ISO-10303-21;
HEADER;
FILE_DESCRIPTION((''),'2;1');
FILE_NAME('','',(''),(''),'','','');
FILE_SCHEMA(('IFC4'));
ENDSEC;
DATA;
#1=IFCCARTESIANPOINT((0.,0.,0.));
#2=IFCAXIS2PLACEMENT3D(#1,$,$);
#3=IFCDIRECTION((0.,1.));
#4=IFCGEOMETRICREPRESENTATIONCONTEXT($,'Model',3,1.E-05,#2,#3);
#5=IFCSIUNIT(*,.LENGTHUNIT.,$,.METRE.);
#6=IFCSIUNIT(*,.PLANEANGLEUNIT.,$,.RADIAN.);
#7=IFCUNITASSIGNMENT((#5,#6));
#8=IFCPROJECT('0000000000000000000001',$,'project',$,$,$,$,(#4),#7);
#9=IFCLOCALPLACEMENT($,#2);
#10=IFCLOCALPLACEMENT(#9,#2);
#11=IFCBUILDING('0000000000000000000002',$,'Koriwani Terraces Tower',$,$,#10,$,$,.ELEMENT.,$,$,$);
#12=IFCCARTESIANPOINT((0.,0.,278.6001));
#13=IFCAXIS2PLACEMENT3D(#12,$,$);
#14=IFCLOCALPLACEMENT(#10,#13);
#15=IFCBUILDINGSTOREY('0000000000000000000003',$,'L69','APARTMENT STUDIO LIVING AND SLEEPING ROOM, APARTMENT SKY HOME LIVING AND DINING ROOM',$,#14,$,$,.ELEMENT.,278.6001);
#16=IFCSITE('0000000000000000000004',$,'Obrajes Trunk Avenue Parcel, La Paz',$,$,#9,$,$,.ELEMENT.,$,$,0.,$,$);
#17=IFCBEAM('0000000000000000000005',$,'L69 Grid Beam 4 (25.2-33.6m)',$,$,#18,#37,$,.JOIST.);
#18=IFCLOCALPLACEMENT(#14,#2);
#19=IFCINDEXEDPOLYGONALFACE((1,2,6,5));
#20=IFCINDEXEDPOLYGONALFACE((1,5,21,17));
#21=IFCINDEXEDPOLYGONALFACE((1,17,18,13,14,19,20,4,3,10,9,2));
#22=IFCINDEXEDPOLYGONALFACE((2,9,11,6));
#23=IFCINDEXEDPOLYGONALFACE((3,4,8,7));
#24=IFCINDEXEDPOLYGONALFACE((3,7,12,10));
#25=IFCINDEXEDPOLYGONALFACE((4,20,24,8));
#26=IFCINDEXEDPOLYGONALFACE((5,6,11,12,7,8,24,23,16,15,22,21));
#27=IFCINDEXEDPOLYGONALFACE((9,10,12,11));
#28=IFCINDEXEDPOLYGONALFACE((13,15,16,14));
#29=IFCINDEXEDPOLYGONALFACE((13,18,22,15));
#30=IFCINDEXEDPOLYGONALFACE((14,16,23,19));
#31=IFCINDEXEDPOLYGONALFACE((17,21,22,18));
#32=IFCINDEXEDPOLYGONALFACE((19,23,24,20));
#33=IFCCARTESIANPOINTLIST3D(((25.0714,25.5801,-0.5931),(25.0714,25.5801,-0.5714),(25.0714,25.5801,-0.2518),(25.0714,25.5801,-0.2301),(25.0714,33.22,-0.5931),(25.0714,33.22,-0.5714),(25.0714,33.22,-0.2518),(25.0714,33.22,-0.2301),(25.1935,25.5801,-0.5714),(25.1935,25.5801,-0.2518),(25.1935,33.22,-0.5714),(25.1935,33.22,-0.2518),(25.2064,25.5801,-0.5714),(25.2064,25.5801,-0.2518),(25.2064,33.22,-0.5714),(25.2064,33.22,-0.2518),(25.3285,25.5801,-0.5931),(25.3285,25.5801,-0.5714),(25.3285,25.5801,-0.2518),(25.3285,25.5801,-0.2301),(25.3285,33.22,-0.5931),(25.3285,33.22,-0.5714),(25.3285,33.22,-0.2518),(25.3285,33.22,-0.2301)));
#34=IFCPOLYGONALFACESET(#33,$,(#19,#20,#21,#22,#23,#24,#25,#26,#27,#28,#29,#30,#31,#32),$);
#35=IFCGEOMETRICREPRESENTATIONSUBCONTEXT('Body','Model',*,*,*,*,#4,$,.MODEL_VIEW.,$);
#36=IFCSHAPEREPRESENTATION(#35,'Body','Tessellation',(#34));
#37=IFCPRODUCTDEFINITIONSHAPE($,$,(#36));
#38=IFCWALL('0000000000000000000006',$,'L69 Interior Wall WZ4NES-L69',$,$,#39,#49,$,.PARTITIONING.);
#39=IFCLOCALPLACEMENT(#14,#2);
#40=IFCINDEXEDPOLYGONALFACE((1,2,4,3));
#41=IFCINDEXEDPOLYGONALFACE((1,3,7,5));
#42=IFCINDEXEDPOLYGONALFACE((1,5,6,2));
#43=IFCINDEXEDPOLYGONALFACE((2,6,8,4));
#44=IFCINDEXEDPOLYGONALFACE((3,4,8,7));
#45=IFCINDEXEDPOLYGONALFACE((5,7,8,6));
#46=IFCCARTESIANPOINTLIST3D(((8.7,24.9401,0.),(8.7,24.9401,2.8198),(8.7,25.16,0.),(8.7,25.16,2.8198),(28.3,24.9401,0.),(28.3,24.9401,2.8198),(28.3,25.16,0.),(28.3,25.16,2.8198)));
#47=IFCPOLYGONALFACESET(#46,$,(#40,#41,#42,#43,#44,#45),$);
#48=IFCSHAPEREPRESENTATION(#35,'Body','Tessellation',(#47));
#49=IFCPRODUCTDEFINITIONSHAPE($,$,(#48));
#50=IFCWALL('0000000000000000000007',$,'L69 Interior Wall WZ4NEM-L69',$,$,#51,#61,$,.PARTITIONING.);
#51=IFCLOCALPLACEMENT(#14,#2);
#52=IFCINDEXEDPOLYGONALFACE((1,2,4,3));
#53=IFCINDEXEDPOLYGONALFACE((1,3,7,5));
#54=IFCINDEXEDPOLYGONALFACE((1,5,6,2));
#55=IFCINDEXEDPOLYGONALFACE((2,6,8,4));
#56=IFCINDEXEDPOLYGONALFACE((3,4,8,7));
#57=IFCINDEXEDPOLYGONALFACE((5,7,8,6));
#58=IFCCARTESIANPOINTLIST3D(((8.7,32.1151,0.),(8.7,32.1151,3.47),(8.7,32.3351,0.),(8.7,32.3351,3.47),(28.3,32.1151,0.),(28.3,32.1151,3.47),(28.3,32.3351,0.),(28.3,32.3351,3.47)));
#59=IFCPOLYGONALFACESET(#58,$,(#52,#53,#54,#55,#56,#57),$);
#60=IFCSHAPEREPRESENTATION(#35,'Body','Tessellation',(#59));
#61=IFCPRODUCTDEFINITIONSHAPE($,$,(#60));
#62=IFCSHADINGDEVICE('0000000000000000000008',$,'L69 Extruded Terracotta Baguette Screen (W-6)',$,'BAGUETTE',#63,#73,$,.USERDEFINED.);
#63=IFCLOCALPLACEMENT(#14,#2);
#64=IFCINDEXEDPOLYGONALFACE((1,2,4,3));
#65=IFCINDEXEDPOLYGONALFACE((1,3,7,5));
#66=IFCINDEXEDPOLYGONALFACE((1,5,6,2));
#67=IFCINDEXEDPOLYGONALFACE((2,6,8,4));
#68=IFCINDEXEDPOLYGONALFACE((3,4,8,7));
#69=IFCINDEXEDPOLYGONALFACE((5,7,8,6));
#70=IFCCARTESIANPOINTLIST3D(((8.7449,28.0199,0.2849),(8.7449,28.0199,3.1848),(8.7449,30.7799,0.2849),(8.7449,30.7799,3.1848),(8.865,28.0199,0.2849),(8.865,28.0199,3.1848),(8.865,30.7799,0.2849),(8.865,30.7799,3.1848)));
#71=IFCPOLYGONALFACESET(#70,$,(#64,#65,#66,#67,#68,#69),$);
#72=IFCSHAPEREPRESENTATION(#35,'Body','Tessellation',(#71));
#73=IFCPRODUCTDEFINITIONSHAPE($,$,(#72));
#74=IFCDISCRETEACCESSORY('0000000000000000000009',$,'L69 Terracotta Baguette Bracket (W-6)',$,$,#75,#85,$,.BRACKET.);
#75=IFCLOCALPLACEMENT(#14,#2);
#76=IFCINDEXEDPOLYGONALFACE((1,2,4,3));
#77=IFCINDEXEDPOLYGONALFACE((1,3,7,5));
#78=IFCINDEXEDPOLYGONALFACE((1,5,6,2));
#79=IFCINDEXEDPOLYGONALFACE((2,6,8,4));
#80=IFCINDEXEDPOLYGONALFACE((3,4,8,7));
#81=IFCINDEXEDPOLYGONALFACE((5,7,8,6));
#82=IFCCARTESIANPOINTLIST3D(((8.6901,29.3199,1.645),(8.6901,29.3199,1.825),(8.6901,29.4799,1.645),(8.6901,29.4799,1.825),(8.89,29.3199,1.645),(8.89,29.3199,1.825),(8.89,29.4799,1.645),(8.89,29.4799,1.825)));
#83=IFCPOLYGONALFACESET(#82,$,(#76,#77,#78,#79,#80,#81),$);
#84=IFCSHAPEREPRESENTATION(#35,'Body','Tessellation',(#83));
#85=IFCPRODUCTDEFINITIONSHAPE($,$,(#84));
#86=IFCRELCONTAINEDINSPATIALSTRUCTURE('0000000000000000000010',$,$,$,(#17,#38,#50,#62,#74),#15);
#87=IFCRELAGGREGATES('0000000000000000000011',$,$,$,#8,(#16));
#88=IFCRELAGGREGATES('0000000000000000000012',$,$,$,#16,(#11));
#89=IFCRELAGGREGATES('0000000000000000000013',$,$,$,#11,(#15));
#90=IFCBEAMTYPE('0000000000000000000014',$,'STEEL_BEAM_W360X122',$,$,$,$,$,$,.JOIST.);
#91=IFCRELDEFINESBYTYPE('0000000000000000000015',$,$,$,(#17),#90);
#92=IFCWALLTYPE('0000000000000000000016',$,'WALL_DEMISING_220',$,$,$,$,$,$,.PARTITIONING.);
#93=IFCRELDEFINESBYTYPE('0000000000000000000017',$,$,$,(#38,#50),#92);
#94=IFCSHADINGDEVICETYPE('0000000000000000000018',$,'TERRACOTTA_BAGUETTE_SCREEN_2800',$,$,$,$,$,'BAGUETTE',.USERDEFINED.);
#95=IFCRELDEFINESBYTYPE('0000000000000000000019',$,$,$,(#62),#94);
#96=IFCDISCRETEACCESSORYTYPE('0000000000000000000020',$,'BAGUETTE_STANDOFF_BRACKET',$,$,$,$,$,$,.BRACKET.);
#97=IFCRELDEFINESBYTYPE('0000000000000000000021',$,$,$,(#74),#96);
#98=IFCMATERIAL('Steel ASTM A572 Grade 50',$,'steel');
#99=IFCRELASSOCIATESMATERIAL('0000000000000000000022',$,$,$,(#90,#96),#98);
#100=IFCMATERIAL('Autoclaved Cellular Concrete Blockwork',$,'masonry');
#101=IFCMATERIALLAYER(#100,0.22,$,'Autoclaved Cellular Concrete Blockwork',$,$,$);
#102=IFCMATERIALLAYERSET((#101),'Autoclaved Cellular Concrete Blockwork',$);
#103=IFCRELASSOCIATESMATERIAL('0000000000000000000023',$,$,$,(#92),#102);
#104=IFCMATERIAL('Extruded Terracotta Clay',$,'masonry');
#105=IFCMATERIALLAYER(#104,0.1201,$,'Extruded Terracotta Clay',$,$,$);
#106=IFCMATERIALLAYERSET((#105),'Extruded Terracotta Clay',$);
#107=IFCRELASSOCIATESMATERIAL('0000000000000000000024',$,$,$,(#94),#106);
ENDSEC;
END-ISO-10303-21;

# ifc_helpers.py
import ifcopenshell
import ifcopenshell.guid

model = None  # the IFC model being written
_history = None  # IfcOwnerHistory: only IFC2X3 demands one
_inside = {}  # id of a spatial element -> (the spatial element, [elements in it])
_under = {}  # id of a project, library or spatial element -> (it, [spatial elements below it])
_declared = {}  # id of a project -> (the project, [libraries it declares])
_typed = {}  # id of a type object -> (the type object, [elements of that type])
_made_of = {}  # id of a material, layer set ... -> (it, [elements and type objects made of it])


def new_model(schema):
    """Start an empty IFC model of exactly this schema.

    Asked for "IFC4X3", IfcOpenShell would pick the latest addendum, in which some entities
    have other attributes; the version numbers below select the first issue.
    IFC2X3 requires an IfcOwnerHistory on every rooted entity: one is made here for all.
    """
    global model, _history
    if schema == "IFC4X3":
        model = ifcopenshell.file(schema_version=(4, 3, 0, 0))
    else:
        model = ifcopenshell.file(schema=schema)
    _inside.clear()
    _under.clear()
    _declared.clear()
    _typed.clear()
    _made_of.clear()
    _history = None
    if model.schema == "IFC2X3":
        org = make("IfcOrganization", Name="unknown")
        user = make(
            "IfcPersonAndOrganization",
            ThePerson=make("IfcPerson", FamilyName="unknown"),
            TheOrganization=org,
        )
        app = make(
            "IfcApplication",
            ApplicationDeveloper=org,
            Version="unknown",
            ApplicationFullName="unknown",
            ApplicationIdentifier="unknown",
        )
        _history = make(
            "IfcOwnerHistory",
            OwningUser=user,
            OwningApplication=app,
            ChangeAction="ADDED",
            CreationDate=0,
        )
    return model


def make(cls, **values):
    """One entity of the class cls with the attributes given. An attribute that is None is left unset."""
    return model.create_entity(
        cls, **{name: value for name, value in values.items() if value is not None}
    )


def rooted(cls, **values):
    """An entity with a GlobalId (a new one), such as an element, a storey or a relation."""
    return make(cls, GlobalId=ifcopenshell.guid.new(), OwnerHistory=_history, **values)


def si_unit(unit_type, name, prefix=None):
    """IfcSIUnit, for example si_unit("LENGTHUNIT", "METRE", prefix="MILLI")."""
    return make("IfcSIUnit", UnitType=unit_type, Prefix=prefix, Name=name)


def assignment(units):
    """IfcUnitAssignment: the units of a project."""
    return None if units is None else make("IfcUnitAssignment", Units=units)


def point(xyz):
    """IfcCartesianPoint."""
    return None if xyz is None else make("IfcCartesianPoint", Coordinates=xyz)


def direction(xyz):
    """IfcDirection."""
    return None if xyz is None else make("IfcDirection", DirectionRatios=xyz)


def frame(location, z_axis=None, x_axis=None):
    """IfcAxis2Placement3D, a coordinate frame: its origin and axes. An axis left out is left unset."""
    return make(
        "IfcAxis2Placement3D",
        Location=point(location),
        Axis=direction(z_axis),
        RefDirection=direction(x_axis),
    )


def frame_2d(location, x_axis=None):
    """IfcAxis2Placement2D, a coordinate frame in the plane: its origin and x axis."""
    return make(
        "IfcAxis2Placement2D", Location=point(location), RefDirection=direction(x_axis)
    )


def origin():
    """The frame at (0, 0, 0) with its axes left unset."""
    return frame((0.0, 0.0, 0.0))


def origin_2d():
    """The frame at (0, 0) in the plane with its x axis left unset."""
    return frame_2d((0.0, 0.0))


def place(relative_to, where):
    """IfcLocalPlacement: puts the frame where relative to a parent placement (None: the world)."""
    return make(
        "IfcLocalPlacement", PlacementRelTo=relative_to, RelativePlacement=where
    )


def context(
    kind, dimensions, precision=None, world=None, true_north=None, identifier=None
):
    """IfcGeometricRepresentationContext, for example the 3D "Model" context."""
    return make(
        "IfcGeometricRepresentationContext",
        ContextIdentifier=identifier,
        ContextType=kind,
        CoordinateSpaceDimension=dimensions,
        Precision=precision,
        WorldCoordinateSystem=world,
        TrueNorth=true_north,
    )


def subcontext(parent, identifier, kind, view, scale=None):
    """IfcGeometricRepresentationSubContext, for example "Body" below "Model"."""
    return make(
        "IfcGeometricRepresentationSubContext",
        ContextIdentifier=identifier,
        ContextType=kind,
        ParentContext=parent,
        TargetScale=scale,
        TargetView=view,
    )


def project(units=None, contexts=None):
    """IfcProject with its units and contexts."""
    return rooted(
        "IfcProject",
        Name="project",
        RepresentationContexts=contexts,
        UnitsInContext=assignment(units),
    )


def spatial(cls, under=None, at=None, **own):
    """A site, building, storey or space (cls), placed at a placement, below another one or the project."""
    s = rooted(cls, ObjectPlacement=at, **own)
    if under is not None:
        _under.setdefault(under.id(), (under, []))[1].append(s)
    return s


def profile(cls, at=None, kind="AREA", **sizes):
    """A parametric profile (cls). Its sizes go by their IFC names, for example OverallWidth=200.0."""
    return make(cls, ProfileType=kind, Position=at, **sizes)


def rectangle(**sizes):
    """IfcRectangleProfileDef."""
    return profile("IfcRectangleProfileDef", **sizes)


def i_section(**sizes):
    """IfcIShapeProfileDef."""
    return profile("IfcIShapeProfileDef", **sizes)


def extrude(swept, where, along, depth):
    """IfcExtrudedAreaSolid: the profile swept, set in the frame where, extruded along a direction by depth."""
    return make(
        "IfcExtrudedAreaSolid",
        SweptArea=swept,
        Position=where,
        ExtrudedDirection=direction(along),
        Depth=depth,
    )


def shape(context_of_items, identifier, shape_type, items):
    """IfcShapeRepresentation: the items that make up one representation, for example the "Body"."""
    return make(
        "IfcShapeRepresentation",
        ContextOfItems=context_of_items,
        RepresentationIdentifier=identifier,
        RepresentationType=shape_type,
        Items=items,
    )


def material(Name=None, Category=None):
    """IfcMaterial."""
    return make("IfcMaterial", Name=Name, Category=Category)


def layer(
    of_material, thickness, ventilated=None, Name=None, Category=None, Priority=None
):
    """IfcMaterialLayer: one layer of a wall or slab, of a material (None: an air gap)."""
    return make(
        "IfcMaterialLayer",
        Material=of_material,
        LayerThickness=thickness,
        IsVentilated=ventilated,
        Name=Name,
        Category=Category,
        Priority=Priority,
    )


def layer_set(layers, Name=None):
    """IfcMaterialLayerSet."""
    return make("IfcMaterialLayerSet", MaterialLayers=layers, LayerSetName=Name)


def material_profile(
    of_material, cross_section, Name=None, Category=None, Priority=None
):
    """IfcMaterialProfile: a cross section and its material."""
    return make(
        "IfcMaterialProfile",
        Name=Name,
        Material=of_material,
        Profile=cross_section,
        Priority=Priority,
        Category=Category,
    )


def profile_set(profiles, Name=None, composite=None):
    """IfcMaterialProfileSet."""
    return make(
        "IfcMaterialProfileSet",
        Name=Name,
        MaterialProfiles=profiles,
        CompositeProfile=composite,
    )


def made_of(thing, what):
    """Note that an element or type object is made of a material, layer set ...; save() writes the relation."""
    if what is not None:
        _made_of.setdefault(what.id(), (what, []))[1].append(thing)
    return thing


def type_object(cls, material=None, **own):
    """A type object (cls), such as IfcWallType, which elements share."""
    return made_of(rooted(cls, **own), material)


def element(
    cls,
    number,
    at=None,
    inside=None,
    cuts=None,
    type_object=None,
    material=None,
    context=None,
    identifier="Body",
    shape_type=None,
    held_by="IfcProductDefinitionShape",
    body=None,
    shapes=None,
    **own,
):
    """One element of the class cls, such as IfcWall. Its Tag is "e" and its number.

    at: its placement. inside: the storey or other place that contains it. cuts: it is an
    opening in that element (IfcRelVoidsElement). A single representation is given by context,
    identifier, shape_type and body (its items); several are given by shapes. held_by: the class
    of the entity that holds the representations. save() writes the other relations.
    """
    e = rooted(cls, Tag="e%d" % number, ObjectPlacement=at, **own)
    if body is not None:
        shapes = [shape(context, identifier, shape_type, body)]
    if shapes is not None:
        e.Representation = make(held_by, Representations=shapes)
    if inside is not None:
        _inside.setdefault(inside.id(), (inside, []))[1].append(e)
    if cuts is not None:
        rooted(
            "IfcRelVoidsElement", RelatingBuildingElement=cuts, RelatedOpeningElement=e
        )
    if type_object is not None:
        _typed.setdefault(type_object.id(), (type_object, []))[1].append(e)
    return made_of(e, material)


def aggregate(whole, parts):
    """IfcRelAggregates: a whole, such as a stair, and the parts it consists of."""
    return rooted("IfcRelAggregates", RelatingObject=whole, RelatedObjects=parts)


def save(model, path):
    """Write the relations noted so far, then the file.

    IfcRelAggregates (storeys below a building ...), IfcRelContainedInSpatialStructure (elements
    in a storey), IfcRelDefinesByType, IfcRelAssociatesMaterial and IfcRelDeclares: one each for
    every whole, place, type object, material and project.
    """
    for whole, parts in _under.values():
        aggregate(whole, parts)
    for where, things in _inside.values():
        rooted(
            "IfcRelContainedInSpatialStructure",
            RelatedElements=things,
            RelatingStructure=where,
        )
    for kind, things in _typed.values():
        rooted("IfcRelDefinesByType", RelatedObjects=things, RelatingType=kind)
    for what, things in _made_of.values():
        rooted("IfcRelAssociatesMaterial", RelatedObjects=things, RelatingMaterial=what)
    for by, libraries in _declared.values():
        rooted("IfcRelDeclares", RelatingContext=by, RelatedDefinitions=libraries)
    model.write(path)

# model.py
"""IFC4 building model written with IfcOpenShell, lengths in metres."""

from ifc_helpers import new_model, si_unit, direction, frame, frame_2d, origin, origin_2d, place, context, subcontext, project, spatial, rectangle, i_section, extrude, material, layer, layer_set, material_profile, profile_set, type_object, element, save


model = new_model("IFC4")

# Units and contexts
model_context = context("Model", 3, precision=1e-05, world=origin(), true_north=direction((0.0, 1.0)))
body_context = subcontext(model_context, "Body", "Model", "MODEL_VIEW")
ifc_project = project(units=[si_unit("LENGTHUNIT", "METRE"), si_unit("PLANEANGLEUNIT", "RADIAN")], contexts=[model_context])

# Site, building, storey
site_placement = place(None, origin())
site = spatial("IfcSite", under=ifc_project, at=site_placement, Name="Obrajes Trunk Avenue Parcel, La Paz", CompositionType="ELEMENT", RefElevation=0.0)
building_placement = place(site_placement, origin())
building = spatial("IfcBuilding", under=site, at=building_placement, Name="Koriwani Terraces Tower", CompositionType="ELEMENT")
storey_placement = place(building_placement, frame((0.0, 0.0, 278.6001)))
storey = spatial("IfcBuildingStorey", under=building, at=storey_placement, Name="L69", Description="APARTMENT STUDIO LIVING AND SLEEPING ROOM, APARTMENT SKY HOME LIVING AND DINING ROOM", CompositionType="ELEMENT", Elevation=278.6001)

# Beam
ifc_material_1 = material(Name="Steel ASTM A572 Grade 50", Category="steel")
ifc_material_profile_1 = material_profile(ifc_material_1, i_section(OverallWidth=0.2571, OverallDepth=0.363, WebThickness=0.0129, FlangeThickness=0.0217, at=origin_2d()), Name="Steel ASTM A572 Grade 50", Category="LoadBearing")
ifc_profile_set_1 = profile_set([ifc_material_profile_1], Name="Steel ASTM A572 Grade 50")
beam_type_1 = type_object("IfcBeamType", Name="STEEL_BEAM_W360X122", PredefinedType="JOIST", material=ifc_profile_set_1)
for number, where, z_axis, x_axis, name in (
    (1, (25.2, 25.5801, -0.4116), (0.0, 1.0, 0.0), (-1.0, 0.0, 0.0), "L69 Grid Beam 4 (25.2-33.6m)"),
):
    element("IfcBeam", number, at=place(storey_placement, frame(where, z_axis=z_axis, x_axis=x_axis)), inside=storey, type_object=beam_type_1, Name=name, PredefinedType="JOIST", context=body_context, shape_type="SweptSolid", body=[
        extrude(i_section(OverallWidth=0.2571, OverallDepth=0.363, WebThickness=0.0129, FlangeThickness=0.0217, at=origin_2d()), origin(), (0.0, 0.0, 1.0), 7.6399),
    ])

# Shared definitions
ifc_material_2 = material(Name="Autoclaved Cellular Concrete Blockwork", Category="masonry")

# Walls
ifc_layer_1 = layer(ifc_material_2, 0.22, Name="Autoclaved Cellular Concrete Blockwork")
ifc_layer_set_1 = layer_set([ifc_layer_1], Name="Autoclaved Cellular Concrete Blockwork")
wall_type_1 = type_object("IfcWallType", Name="WALL_DEMISING_220", PredefinedType="PARTITIONING", material=ifc_layer_set_1)
wall_1_placement = place(storey_placement, frame((8.7, 25.05, 0.0), z_axis=(0.0, 0.0, 1.0), x_axis=(1.0, 0.0, 0.0)))
element("IfcWall", 2, at=wall_1_placement, inside=storey, type_object=wall_type_1, Name="L69 Interior Wall WZ4NES-L69", PredefinedType="PARTITIONING", context=body_context, shape_type="SweptSolid", body=[
    extrude(rectangle(XDim=19.6001, YDim=0.22, at=frame_2d((9.8, 0.0))), origin(), (0.0, 0.0, 1.0), 2.8198),
])
wall_2_placement = place(storey_placement, frame((8.7, 32.2251, 0.0), z_axis=(0.0, 0.0, 1.0), x_axis=(1.0, 0.0, 0.0)))
element("IfcWall", 3, at=wall_2_placement, inside=storey, type_object=wall_type_1, Name="L69 Interior Wall WZ4NEM-L69", PredefinedType="PARTITIONING", context=body_context, shape_type="SweptSolid", body=[
    extrude(rectangle(XDim=19.6001, YDim=0.22, at=frame_2d((9.8, 0.0))), origin(), (0.0, 0.0, 1.0), 3.47),
])

# Shading device
ifc_material_3 = material(Name="Extruded Terracotta Clay", Category="masonry")
ifc_layer_2 = layer(ifc_material_3, 0.1201, Name="Extruded Terracotta Clay")
ifc_layer_set_2 = layer_set([ifc_layer_2], Name="Extruded Terracotta Clay")
shading_device_type = type_object("IfcShadingDeviceType", Name="TERRACOTTA_BAGUETTE_SCREEN_2800", ElementType="BAGUETTE", PredefinedType="USERDEFINED", material=ifc_layer_set_2)
shading_device_placement = place(storey_placement, frame((8.8049, 29.3999, 0.2849), z_axis=(0.0, 0.0, 1.0), x_axis=(0.0, 1.0, 0.0)))
element("IfcShadingDevice", 4, at=shading_device_placement, inside=storey, type_object=shading_device_type, Name="L69 Extruded Terracotta Baguette Screen (W-6)", ObjectType="BAGUETTE", PredefinedType="USERDEFINED", context=body_context, shape_type="SweptSolid", body=[
    extrude(rectangle(XDim=2.76, YDim=0.1201, at=origin_2d()), origin(), (0.0, 0.0, 1.0), 2.8999),
])

# Discrete accessory
discrete_accessory_type = type_object("IfcDiscreteAccessoryType", Name="BAGUETTE_STANDOFF_BRACKET", PredefinedType="BRACKET", material=ifc_material_1)
discrete_accessory_placement = place(storey_placement, frame((8.79, 29.3999, 1.645), z_axis=(0.0, 0.0, 1.0), x_axis=(0.0, 1.0, 0.0)))
element("IfcDiscreteAccessory", 5, at=discrete_accessory_placement, inside=storey, type_object=discrete_accessory_type, Name="L69 Terracotta Baguette Bracket (W-6)", PredefinedType="BRACKET", context=body_context, shape_type="SweptSolid", body=[
    extrude(rectangle(XDim=0.1599, YDim=0.2, at=origin_2d()), origin(), (0.0, 0.0, 1.0), 0.1799),
])

save(model, "model.ifc")
